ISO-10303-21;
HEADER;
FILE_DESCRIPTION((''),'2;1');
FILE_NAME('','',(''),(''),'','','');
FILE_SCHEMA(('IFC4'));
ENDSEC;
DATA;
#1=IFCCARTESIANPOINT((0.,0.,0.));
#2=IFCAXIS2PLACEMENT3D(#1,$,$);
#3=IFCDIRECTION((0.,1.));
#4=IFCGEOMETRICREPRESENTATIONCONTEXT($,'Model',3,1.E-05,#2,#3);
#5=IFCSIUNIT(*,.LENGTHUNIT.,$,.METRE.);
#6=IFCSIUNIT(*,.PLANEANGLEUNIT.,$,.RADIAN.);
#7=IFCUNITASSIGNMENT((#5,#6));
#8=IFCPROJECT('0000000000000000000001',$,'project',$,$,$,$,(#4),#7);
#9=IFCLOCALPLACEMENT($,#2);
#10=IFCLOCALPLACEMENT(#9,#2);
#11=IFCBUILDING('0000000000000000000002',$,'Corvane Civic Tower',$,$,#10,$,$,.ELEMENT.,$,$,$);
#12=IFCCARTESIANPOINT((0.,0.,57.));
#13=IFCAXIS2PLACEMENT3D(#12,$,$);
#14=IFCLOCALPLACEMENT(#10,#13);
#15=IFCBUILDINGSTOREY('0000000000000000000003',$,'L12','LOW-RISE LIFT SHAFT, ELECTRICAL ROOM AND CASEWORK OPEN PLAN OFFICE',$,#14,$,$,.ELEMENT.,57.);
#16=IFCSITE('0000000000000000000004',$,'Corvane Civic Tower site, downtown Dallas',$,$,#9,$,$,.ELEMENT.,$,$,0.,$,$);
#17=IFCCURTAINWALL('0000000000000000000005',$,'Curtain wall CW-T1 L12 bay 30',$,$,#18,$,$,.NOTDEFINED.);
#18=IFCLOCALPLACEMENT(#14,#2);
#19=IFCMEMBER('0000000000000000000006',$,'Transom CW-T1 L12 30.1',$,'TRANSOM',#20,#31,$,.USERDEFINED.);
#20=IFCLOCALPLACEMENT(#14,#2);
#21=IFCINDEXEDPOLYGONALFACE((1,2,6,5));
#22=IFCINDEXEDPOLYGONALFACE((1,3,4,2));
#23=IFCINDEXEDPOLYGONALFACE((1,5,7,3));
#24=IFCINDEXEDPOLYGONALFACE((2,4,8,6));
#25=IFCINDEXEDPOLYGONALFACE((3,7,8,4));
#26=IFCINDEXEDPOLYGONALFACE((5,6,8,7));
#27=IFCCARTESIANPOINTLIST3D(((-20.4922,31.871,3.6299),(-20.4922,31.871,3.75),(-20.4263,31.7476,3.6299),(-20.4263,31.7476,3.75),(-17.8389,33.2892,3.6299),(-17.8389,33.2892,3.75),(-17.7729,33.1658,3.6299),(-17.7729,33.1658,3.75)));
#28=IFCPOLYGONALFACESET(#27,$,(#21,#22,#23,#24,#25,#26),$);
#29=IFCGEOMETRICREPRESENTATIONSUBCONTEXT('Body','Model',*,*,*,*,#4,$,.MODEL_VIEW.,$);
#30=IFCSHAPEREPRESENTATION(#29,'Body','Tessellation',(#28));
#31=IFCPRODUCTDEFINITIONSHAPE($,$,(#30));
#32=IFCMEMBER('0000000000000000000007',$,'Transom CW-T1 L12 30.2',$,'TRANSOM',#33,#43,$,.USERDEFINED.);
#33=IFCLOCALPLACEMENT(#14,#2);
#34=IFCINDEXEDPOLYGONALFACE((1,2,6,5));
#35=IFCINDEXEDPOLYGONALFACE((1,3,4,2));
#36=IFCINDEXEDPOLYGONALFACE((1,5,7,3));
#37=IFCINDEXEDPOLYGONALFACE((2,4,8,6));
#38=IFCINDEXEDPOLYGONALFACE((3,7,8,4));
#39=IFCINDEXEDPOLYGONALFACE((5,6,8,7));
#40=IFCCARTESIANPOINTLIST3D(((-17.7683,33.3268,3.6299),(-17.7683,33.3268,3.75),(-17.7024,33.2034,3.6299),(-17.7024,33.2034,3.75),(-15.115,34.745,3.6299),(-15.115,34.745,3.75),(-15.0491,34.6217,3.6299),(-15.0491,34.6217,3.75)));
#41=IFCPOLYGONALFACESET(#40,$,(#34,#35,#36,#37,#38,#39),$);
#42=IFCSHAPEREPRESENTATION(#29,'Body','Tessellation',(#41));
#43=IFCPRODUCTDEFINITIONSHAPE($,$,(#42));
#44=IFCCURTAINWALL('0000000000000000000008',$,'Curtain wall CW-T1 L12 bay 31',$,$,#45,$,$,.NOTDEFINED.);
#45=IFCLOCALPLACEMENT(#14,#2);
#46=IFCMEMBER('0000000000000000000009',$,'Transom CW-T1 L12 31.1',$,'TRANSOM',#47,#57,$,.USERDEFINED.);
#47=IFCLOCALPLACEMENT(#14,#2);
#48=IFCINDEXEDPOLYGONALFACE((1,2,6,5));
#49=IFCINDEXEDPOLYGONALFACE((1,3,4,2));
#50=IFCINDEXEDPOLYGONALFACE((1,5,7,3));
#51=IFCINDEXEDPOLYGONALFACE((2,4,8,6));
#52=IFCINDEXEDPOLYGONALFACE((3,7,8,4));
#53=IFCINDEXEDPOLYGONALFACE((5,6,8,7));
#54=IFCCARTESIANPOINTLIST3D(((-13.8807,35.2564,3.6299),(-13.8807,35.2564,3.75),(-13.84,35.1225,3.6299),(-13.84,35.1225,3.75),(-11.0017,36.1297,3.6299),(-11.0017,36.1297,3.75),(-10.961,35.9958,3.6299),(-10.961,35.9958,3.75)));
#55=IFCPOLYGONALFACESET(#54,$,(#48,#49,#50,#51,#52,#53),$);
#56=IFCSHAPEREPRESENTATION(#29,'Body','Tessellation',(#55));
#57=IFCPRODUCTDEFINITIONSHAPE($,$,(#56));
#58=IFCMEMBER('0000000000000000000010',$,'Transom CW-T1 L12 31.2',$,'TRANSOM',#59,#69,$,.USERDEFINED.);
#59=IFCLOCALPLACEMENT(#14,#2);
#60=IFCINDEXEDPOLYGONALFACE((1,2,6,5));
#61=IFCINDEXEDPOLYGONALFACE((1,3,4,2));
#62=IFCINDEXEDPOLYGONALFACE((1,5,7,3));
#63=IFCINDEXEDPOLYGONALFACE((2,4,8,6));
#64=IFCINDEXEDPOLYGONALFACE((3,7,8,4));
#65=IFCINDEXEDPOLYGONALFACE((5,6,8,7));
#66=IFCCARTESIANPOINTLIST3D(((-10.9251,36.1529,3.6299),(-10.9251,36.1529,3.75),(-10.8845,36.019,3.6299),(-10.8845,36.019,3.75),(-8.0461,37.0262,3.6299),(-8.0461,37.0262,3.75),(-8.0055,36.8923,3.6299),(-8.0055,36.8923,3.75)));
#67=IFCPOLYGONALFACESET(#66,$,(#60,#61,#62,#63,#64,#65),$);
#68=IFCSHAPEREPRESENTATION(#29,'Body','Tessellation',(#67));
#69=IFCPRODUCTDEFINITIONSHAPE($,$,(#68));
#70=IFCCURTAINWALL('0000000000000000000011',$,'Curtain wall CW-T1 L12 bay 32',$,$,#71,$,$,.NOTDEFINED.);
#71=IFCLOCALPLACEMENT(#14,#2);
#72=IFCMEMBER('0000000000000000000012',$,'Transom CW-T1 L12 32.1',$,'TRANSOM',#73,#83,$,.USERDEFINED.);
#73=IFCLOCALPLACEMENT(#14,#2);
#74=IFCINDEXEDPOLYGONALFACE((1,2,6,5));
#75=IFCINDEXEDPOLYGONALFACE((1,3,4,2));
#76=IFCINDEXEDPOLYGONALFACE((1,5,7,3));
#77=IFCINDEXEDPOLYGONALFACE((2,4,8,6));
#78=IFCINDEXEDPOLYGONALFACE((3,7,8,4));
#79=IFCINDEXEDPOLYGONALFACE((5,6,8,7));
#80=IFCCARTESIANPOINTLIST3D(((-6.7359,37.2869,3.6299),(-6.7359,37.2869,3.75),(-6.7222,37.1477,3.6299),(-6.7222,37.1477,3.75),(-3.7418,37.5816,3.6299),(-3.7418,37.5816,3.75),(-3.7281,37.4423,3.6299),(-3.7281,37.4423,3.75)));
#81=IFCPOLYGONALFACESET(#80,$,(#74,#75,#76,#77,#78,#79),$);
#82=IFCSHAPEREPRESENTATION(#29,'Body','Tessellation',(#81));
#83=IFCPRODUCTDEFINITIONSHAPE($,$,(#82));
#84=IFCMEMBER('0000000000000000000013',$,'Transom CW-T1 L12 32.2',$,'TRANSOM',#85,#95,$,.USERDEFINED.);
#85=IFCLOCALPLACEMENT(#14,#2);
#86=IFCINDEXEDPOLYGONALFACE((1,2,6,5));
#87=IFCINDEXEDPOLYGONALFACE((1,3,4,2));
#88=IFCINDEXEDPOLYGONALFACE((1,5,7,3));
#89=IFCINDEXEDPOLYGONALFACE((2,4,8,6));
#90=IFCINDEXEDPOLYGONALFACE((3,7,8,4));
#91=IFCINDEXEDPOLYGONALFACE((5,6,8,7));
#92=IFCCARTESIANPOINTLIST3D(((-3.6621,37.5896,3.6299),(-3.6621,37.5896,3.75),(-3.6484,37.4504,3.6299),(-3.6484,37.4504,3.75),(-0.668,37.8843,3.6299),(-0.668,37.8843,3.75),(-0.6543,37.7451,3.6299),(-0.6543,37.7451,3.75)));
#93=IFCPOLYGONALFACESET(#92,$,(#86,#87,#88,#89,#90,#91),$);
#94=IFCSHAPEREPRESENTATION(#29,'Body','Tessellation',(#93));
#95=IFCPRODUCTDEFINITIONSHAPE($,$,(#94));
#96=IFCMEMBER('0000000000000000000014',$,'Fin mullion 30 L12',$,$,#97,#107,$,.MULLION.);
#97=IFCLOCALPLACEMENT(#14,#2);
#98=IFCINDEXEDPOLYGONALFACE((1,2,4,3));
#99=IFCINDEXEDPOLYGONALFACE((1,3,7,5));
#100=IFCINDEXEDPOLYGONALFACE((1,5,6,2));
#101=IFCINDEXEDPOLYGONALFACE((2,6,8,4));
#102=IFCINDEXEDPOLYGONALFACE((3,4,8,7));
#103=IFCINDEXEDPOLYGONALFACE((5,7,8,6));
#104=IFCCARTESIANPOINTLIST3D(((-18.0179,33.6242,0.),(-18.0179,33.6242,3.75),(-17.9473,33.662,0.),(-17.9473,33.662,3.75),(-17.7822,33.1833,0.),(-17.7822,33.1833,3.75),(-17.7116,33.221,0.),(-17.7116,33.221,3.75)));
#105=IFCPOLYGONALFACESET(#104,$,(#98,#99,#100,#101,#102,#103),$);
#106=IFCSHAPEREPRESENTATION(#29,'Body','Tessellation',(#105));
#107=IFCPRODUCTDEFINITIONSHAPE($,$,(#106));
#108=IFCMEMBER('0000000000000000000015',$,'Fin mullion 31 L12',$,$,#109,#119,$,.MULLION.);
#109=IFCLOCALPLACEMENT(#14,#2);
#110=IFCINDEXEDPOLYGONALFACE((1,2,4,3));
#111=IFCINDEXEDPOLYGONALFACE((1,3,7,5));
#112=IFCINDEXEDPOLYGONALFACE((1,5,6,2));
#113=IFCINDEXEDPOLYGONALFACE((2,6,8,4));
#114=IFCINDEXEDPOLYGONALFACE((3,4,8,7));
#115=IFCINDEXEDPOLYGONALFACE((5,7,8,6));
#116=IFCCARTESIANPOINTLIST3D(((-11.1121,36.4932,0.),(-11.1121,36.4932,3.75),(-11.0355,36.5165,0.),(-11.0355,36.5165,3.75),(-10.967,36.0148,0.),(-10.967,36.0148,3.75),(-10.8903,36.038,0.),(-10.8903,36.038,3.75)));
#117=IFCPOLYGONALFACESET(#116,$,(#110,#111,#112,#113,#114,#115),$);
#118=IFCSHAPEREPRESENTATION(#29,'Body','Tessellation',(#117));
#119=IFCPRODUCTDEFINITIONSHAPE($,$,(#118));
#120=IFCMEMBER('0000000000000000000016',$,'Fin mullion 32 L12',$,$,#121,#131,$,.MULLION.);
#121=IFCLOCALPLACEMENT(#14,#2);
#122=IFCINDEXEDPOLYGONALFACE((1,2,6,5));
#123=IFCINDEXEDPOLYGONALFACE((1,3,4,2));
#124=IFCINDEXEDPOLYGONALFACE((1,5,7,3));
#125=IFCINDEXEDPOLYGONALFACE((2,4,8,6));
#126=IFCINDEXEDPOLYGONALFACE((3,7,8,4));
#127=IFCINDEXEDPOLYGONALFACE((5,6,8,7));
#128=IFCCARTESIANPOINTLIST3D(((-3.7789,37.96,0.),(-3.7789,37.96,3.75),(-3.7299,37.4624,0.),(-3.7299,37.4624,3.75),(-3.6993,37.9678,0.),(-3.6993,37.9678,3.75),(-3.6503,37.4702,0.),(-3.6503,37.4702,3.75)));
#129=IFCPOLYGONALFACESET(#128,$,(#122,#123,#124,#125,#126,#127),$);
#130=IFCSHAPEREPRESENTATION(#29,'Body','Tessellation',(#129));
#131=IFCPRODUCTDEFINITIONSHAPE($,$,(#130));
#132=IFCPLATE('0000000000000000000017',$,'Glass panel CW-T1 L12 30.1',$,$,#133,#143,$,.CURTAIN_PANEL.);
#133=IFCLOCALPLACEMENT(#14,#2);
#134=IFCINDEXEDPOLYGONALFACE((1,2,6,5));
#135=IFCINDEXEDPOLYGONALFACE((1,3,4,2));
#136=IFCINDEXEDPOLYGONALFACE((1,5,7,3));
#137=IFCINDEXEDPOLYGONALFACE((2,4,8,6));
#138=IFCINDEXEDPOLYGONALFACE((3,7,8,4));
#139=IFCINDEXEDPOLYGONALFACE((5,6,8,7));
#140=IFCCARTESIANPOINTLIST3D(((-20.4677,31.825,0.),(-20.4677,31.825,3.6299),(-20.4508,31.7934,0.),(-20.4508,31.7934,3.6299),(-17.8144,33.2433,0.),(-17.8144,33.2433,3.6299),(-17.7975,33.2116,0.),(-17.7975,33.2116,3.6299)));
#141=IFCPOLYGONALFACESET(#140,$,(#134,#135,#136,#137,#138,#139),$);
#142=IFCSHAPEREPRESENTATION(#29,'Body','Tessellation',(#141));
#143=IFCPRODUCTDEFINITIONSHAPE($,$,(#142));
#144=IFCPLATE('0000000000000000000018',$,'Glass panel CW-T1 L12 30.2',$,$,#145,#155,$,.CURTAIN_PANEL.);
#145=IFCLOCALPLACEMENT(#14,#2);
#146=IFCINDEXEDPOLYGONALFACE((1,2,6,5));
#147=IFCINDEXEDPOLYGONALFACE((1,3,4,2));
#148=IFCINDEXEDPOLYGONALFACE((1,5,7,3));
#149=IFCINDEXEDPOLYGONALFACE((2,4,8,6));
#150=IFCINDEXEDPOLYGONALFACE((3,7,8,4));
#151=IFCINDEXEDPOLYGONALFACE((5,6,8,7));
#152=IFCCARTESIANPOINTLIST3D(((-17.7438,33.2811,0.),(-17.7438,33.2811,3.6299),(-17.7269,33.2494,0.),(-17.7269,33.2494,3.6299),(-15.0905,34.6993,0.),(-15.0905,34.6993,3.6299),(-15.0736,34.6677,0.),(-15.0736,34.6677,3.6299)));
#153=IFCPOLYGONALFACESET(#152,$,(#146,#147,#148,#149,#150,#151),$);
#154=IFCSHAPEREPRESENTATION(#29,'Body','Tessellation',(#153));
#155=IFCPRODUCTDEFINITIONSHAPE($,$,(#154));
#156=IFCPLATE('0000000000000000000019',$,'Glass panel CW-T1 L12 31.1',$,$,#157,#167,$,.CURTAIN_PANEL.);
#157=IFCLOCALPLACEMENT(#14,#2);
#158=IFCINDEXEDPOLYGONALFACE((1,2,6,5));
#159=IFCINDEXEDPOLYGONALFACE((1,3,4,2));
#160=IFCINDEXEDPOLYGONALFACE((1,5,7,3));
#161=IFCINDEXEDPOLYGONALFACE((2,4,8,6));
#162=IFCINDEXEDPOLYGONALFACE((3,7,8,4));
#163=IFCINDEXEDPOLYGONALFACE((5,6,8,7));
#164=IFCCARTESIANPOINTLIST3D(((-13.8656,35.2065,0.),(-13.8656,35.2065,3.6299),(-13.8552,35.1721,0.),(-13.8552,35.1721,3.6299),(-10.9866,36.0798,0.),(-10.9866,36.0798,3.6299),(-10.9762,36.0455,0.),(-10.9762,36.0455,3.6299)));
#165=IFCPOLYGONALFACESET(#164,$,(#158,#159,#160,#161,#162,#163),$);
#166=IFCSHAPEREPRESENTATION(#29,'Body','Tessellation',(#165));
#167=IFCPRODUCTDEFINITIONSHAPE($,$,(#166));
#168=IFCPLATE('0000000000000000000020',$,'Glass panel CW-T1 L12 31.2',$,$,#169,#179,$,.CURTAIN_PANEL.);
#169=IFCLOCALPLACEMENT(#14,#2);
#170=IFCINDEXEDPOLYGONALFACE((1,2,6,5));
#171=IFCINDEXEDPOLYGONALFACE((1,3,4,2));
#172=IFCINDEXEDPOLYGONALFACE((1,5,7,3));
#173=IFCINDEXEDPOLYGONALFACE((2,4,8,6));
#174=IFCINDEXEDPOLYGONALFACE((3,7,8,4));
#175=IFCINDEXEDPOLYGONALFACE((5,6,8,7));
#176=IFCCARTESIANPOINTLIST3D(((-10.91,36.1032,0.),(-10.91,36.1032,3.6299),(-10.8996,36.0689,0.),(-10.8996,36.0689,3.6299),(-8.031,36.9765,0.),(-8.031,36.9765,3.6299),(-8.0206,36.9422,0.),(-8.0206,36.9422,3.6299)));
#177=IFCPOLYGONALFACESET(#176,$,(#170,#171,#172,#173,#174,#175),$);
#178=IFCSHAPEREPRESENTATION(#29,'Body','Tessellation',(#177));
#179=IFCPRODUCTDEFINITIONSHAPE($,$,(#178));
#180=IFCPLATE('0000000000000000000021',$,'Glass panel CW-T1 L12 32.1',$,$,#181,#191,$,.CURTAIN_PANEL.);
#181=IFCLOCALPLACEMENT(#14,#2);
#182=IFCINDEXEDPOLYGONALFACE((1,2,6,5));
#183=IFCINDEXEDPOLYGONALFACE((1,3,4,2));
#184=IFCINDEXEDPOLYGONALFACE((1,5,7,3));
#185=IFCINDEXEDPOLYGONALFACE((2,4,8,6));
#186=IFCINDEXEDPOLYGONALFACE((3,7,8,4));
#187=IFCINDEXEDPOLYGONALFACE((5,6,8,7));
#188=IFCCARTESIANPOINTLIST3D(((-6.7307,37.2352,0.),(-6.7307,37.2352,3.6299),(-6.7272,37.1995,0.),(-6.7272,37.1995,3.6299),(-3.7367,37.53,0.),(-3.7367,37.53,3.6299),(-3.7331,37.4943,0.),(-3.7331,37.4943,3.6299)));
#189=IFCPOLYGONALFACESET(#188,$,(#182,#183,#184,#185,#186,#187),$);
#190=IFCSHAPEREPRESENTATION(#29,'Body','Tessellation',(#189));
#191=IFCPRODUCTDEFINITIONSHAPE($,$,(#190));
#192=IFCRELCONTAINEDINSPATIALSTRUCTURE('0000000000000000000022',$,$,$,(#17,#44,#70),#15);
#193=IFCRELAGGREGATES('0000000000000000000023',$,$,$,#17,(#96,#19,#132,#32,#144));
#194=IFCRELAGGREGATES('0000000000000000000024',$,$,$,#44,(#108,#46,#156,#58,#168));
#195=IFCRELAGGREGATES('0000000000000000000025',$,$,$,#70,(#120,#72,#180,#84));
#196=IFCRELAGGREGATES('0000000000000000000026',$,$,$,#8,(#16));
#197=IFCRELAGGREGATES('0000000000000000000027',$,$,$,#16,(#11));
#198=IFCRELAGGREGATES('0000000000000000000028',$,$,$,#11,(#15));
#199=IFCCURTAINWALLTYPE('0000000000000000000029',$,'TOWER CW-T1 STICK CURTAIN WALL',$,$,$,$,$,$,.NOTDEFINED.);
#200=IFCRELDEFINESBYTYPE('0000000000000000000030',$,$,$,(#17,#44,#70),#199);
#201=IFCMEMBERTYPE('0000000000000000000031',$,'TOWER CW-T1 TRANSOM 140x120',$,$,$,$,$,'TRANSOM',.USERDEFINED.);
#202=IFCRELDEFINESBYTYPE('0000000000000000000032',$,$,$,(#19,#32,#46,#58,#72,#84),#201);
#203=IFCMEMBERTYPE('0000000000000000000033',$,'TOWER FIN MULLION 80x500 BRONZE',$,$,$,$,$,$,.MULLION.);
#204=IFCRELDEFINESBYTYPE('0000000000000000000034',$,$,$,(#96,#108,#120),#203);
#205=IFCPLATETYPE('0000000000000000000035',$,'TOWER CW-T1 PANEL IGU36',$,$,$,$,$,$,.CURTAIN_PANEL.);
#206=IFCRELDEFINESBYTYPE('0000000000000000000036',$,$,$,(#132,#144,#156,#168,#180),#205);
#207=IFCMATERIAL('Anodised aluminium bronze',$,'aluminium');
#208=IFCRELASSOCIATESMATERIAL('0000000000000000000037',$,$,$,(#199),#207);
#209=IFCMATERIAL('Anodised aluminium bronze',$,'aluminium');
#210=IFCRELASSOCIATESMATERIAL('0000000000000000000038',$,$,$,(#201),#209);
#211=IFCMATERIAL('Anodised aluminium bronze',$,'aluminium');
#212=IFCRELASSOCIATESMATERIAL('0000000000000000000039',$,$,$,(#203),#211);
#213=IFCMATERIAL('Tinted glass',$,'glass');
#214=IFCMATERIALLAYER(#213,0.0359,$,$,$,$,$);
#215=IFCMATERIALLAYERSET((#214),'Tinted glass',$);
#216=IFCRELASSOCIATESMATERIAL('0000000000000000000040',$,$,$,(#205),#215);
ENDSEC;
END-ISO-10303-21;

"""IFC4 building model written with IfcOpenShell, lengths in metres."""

from ifc_helpers import new_model, si_unit, direction, frame, origin, origin_2d, place, context, subcontext, project, spatial, rectangle, extrude, material, layer, layer_set, material_profile, profile_set, type_object, element, aggregate, save


model = new_model("IFC4")

# Units and contexts
model_context = context("Model", 3, precision=1e-05, world=origin(), true_north=direction((0.0, 1.0)))
body_context = subcontext(model_context, "Body", "Model", "MODEL_VIEW")
ifc_project = project(units=[si_unit("LENGTHUNIT", "METRE"), si_unit("PLANEANGLEUNIT", "RADIAN")], contexts=[model_context])

# Site, building, storey
site_placement = place(None, origin())
site = spatial("IfcSite", under=ifc_project, at=site_placement, Name="Corvane Civic Tower site, downtown Dallas", CompositionType="ELEMENT", RefElevation=0.0)
building_placement = place(site_placement, origin())
building = spatial("IfcBuilding", under=site, at=building_placement, Name="Corvane Civic Tower", CompositionType="ELEMENT")
storey_placement = place(building_placement, frame((0.0, 0.0, 57.0)))
storey = spatial("IfcBuildingStorey", under=building, at=storey_placement, Name="L12", Description="LOW-RISE LIFT SHAFT, ELECTRICAL ROOM AND CASEWORK OPEN PLAN OFFICE", CompositionType="ELEMENT", Elevation=57.0)

# Curtain walls, members
ifc_material_1 = material(Name="Anodised aluminium bronze", Category="aluminium")
curtain_wall_type = type_object("IfcCurtainWallType", Name="TOWER CW-T1 STICK CURTAIN WALL", PredefinedType="NOTDEFINED", material=ifc_material_1)
curtain_wall_1_placement = place(storey_placement, origin())
curtain_wall_1 = element("IfcCurtainWall", 1, at=curtain_wall_1_placement, inside=storey, type_object=curtain_wall_type, Name="Curtain wall CW-T1 L12 bay 30", PredefinedType="NOTDEFINED")
ifc_material_2 = material(Name="Anodised aluminium bronze", Category="aluminium")
ifc_material_profile_1 = material_profile(ifc_material_2, rectangle(XDim=0.1399, YDim=0.1201, at=origin_2d()), Name="TOWER CW-T1 TRANSOM 140x120")
ifc_profile_set_1 = profile_set([ifc_material_profile_1], Name="Anodised aluminium bronze")
member_type_1 = type_object("IfcMemberType", Name="TOWER CW-T1 TRANSOM 140x120", ElementType="TRANSOM", PredefinedType="USERDEFINED", material=ifc_profile_set_1)
member_1_placement = place(storey_placement, frame((-20.4592, 31.8093, 3.6899), z_axis=(0.881924, 0.471393, 0.0), x_axis=(-0.471393, 0.881924, 0.0)))
member_1 = element("IfcMember", 2, at=member_1_placement, type_object=member_type_1, Name="Transom CW-T1 L12 30.1", ObjectType="TRANSOM", PredefinedType="USERDEFINED", context=body_context, shape_type="SweptSolid", body=[
    extrude(rectangle(XDim=0.1399, YDim=0.1201, at=origin_2d()), origin(), (0.0, 0.0, 1.0), 3.0085),
])
member_2_placement = place(storey_placement, frame((-17.7354, 33.2651, 3.6899), z_axis=(0.881924, 0.471393, 0.0), x_axis=(-0.471393, 0.881924, 0.0)))
member_2 = element("IfcMember", 3, at=member_2_placement, type_object=member_type_1, Name="Transom CW-T1 L12 30.2", ObjectType="TRANSOM", PredefinedType="USERDEFINED", context=body_context, shape_type="SweptSolid", body=[
    extrude(rectangle(XDim=0.1399, YDim=0.1201, at=origin_2d()), origin(), (0.0, 0.0, 1.0), 3.0085),
])
curtain_wall_2_placement = place(storey_placement, origin())
curtain_wall_2 = element("IfcCurtainWall", 4, at=curtain_wall_2_placement, inside=storey, type_object=curtain_wall_type, Name="Curtain wall CW-T1 L12 bay 31", PredefinedType="NOTDEFINED")
member_3_placement = place(storey_placement, frame((-13.8604, 35.1895, 3.6899), z_axis=(0.956942, 0.29028, 0.0), x_axis=(-0.29028, 0.956942, 0.0)))
member_3 = element("IfcMember", 5, at=member_3_placement, type_object=member_type_1, Name="Transom CW-T1 L12 31.1", ObjectType="TRANSOM", PredefinedType="USERDEFINED", context=body_context, shape_type="SweptSolid", body=[
    extrude(rectangle(XDim=0.1399, YDim=0.1201, at=origin_2d()), origin(), (0.0, 0.0, 1.0), 3.0085),
])
member_4_placement = place(storey_placement, frame((-10.9048, 36.0859, 3.6899), z_axis=(0.956942, 0.29028, 0.0), x_axis=(-0.29028, 0.956942, 0.0)))
member_4 = element("IfcMember", 6, at=member_4_placement, type_object=member_type_1, Name="Transom CW-T1 L12 31.2", ObjectType="TRANSOM", PredefinedType="USERDEFINED", context=body_context, shape_type="SweptSolid", body=[
    extrude(rectangle(XDim=0.1399, YDim=0.1201, at=origin_2d()), origin(), (0.0, 0.0, 1.0), 3.0085),
])
curtain_wall_3_placement = place(storey_placement, origin())
curtain_wall_3 = element("IfcCurtainWall", 7, at=curtain_wall_3_placement, inside=storey, type_object=curtain_wall_type, Name="Curtain wall CW-T1 L12 bay 32", PredefinedType="NOTDEFINED")
member_5_placement = place(storey_placement, frame((-6.729, 37.2173, 3.6899), z_axis=(0.995192, 0.097945, 0.0), x_axis=(-0.097945, 0.995192, 0.0)))
member_5 = element("IfcMember", 8, at=member_5_placement, type_object=member_type_1, Name="Transom CW-T1 L12 32.1", ObjectType="TRANSOM", PredefinedType="USERDEFINED", context=body_context, shape_type="SweptSolid", body=[
    extrude(rectangle(XDim=0.1399, YDim=0.1201, at=origin_2d()), origin(), (0.0, 0.0, 1.0), 3.0085),
])
member_6_placement = place(storey_placement, frame((-3.6553, 37.52, 3.6899), z_axis=(0.995192, 0.097945, 0.0), x_axis=(-0.097945, 0.995192, 0.0)))
member_6 = element("IfcMember", 9, at=member_6_placement, type_object=member_type_1, Name="Transom CW-T1 L12 32.2", ObjectType="TRANSOM", PredefinedType="USERDEFINED", context=body_context, shape_type="SweptSolid", body=[
    extrude(rectangle(XDim=0.1399, YDim=0.1201, at=origin_2d()), origin(), (0.0, 0.0, 1.0), 3.0085),
])

# Members
ifc_material_3 = material(Name="Anodised aluminium bronze", Category="aluminium")
ifc_material_profile_2 = material_profile(ifc_material_3, rectangle(XDim=0.0801, YDim=0.5, at=origin_2d()), Name="TOWER FIN MULLION 80x500 BRONZE")
ifc_profile_set_2 = profile_set([ifc_material_profile_2], Name="Anodised aluminium bronze")
member_type_2 = type_object("IfcMemberType", Name="TOWER FIN MULLION 80x500 BRONZE", PredefinedType="MULLION", material=ifc_profile_set_2)
member_7_placement = place(storey_placement, frame((-17.8647, 33.4226, 0.0), z_axis=(0.0, 0.0, 1.0), x_axis=(0.881918, 0.471404, 0.0)))
member_7 = element("IfcMember", 10, at=member_7_placement, type_object=member_type_2, Name="Fin mullion 30 L12", PredefinedType="MULLION", context=body_context, shape_type="SweptSolid", body=[
    extrude(rectangle(XDim=0.0801, YDim=0.5, at=origin_2d()), origin(), (0.0, 0.0, 1.0), 3.75),
])
member_8_placement = place(storey_placement, frame((-11.0012, 36.2656, 0.0), z_axis=(0.0, 0.0, 1.0), x_axis=(0.956942, 0.290278, 0.0)))
member_8 = element("IfcMember", 11, at=member_8_placement, type_object=member_type_2, Name="Fin mullion 31 L12", PredefinedType="MULLION", context=body_context, shape_type="SweptSolid", body=[
    extrude(rectangle(XDim=0.0801, YDim=0.5, at=origin_2d()), origin(), (0.0, 0.0, 1.0), 3.75),
])
member_9_placement = place(storey_placement, frame((-3.7146, 37.7151, 0.0), z_axis=(0.0, 0.0, 1.0), x_axis=(0.995186, 0.098006, 0.0)))
member_9 = element("IfcMember", 12, at=member_9_placement, type_object=member_type_2, Name="Fin mullion 32 L12", PredefinedType="MULLION", context=body_context, shape_type="SweptSolid", body=[
    extrude(rectangle(XDim=0.0801, YDim=0.5, at=origin_2d()), origin(), (0.0, 0.0, 1.0), 3.75),
])

# Plates
ifc_material_4 = material(Name="Tinted glass", Category="glass")
ifc_layer_1 = layer(ifc_material_4, 0.0359)
ifc_layer_set_1 = layer_set([ifc_layer_1], Name="Tinted glass")
plate_type = type_object("IfcPlateType", Name="TOWER CW-T1 PANEL IGU36", PredefinedType="CURTAIN_PANEL", material=ifc_layer_set_1)
plate_1_placement = place(storey_placement, frame((-19.1326, 32.5183, 0.0), z_axis=(0.0, 0.0, 1.0), x_axis=(0.881918, 0.471404, 0.0)))
plate_1 = element("IfcPlate", 13, at=plate_1_placement, type_object=plate_type, Name="Glass panel CW-T1 L12 30.1", PredefinedType="CURTAIN_PANEL", context=body_context, shape_type="SweptSolid", body=[
    extrude(rectangle(XDim=3.0085, YDim=0.0359, at=origin_2d()), origin(), (0.0, 0.0, 1.0), 3.6299),
])
plate_2_placement = place(storey_placement, frame((-16.4087, 33.9744, 0.0), z_axis=(0.0, 0.0, 1.0), x_axis=(0.881918, 0.471404, 0.0)))
plate_2 = element("IfcPlate", 14, at=plate_2_placement, type_object=plate_type, Name="Glass panel CW-T1 L12 30.2", PredefinedType="CURTAIN_PANEL", context=body_context, shape_type="SweptSolid", body=[
    extrude(rectangle(XDim=3.0085, YDim=0.0359, at=origin_2d()), origin(), (0.0, 0.0, 1.0), 3.6299),
])
aggregate(curtain_wall_1, [member_7, member_1, plate_1, member_2, plate_2])
plate_3_placement = place(storey_placement, frame((-12.4209, 35.626, 0.0), z_axis=(0.0, 0.0, 1.0), x_axis=(0.956942, 0.290278, 0.0)))
plate_3 = element("IfcPlate", 15, at=plate_3_placement, type_object=plate_type, Name="Glass panel CW-T1 L12 31.1", PredefinedType="CURTAIN_PANEL", context=body_context, shape_type="SweptSolid", body=[
    extrude(rectangle(XDim=3.0085, YDim=0.0359, at=origin_2d()), origin(), (0.0, 0.0, 1.0), 3.6299),
])
plate_4_placement = place(storey_placement, frame((-9.4653, 36.5227, 0.0), z_axis=(0.0, 0.0, 1.0), x_axis=(0.956942, 0.290278, 0.0)))
plate_4 = element("IfcPlate", 16, at=plate_4_placement, type_object=plate_type, Name="Glass panel CW-T1 L12 31.2", PredefinedType="CURTAIN_PANEL", context=body_context, shape_type="SweptSolid", body=[
    extrude(rectangle(XDim=3.0085, YDim=0.0359, at=origin_2d()), origin(), (0.0, 0.0, 1.0), 3.6299),
])
aggregate(curtain_wall_2, [member_8, member_3, plate_3, member_4, plate_4])
plate_5_placement = place(storey_placement, frame((-5.2319, 37.3647, 0.0), z_axis=(0.0, 0.0, 1.0), x_axis=(0.995186, 0.098006, 0.0)))
plate_5 = element("IfcPlate", 17, at=plate_5_placement, type_object=plate_type, Name="Glass panel CW-T1 L12 32.1", PredefinedType="CURTAIN_PANEL", context=body_context, shape_type="SweptSolid", body=[
    extrude(rectangle(XDim=3.0085, YDim=0.0359, at=origin_2d()), origin(), (0.0, 0.0, 1.0), 3.6299),
])
aggregate(curtain_wall_3, [member_9, member_5, plate_5, member_6])

save(model, "model.ifc")
